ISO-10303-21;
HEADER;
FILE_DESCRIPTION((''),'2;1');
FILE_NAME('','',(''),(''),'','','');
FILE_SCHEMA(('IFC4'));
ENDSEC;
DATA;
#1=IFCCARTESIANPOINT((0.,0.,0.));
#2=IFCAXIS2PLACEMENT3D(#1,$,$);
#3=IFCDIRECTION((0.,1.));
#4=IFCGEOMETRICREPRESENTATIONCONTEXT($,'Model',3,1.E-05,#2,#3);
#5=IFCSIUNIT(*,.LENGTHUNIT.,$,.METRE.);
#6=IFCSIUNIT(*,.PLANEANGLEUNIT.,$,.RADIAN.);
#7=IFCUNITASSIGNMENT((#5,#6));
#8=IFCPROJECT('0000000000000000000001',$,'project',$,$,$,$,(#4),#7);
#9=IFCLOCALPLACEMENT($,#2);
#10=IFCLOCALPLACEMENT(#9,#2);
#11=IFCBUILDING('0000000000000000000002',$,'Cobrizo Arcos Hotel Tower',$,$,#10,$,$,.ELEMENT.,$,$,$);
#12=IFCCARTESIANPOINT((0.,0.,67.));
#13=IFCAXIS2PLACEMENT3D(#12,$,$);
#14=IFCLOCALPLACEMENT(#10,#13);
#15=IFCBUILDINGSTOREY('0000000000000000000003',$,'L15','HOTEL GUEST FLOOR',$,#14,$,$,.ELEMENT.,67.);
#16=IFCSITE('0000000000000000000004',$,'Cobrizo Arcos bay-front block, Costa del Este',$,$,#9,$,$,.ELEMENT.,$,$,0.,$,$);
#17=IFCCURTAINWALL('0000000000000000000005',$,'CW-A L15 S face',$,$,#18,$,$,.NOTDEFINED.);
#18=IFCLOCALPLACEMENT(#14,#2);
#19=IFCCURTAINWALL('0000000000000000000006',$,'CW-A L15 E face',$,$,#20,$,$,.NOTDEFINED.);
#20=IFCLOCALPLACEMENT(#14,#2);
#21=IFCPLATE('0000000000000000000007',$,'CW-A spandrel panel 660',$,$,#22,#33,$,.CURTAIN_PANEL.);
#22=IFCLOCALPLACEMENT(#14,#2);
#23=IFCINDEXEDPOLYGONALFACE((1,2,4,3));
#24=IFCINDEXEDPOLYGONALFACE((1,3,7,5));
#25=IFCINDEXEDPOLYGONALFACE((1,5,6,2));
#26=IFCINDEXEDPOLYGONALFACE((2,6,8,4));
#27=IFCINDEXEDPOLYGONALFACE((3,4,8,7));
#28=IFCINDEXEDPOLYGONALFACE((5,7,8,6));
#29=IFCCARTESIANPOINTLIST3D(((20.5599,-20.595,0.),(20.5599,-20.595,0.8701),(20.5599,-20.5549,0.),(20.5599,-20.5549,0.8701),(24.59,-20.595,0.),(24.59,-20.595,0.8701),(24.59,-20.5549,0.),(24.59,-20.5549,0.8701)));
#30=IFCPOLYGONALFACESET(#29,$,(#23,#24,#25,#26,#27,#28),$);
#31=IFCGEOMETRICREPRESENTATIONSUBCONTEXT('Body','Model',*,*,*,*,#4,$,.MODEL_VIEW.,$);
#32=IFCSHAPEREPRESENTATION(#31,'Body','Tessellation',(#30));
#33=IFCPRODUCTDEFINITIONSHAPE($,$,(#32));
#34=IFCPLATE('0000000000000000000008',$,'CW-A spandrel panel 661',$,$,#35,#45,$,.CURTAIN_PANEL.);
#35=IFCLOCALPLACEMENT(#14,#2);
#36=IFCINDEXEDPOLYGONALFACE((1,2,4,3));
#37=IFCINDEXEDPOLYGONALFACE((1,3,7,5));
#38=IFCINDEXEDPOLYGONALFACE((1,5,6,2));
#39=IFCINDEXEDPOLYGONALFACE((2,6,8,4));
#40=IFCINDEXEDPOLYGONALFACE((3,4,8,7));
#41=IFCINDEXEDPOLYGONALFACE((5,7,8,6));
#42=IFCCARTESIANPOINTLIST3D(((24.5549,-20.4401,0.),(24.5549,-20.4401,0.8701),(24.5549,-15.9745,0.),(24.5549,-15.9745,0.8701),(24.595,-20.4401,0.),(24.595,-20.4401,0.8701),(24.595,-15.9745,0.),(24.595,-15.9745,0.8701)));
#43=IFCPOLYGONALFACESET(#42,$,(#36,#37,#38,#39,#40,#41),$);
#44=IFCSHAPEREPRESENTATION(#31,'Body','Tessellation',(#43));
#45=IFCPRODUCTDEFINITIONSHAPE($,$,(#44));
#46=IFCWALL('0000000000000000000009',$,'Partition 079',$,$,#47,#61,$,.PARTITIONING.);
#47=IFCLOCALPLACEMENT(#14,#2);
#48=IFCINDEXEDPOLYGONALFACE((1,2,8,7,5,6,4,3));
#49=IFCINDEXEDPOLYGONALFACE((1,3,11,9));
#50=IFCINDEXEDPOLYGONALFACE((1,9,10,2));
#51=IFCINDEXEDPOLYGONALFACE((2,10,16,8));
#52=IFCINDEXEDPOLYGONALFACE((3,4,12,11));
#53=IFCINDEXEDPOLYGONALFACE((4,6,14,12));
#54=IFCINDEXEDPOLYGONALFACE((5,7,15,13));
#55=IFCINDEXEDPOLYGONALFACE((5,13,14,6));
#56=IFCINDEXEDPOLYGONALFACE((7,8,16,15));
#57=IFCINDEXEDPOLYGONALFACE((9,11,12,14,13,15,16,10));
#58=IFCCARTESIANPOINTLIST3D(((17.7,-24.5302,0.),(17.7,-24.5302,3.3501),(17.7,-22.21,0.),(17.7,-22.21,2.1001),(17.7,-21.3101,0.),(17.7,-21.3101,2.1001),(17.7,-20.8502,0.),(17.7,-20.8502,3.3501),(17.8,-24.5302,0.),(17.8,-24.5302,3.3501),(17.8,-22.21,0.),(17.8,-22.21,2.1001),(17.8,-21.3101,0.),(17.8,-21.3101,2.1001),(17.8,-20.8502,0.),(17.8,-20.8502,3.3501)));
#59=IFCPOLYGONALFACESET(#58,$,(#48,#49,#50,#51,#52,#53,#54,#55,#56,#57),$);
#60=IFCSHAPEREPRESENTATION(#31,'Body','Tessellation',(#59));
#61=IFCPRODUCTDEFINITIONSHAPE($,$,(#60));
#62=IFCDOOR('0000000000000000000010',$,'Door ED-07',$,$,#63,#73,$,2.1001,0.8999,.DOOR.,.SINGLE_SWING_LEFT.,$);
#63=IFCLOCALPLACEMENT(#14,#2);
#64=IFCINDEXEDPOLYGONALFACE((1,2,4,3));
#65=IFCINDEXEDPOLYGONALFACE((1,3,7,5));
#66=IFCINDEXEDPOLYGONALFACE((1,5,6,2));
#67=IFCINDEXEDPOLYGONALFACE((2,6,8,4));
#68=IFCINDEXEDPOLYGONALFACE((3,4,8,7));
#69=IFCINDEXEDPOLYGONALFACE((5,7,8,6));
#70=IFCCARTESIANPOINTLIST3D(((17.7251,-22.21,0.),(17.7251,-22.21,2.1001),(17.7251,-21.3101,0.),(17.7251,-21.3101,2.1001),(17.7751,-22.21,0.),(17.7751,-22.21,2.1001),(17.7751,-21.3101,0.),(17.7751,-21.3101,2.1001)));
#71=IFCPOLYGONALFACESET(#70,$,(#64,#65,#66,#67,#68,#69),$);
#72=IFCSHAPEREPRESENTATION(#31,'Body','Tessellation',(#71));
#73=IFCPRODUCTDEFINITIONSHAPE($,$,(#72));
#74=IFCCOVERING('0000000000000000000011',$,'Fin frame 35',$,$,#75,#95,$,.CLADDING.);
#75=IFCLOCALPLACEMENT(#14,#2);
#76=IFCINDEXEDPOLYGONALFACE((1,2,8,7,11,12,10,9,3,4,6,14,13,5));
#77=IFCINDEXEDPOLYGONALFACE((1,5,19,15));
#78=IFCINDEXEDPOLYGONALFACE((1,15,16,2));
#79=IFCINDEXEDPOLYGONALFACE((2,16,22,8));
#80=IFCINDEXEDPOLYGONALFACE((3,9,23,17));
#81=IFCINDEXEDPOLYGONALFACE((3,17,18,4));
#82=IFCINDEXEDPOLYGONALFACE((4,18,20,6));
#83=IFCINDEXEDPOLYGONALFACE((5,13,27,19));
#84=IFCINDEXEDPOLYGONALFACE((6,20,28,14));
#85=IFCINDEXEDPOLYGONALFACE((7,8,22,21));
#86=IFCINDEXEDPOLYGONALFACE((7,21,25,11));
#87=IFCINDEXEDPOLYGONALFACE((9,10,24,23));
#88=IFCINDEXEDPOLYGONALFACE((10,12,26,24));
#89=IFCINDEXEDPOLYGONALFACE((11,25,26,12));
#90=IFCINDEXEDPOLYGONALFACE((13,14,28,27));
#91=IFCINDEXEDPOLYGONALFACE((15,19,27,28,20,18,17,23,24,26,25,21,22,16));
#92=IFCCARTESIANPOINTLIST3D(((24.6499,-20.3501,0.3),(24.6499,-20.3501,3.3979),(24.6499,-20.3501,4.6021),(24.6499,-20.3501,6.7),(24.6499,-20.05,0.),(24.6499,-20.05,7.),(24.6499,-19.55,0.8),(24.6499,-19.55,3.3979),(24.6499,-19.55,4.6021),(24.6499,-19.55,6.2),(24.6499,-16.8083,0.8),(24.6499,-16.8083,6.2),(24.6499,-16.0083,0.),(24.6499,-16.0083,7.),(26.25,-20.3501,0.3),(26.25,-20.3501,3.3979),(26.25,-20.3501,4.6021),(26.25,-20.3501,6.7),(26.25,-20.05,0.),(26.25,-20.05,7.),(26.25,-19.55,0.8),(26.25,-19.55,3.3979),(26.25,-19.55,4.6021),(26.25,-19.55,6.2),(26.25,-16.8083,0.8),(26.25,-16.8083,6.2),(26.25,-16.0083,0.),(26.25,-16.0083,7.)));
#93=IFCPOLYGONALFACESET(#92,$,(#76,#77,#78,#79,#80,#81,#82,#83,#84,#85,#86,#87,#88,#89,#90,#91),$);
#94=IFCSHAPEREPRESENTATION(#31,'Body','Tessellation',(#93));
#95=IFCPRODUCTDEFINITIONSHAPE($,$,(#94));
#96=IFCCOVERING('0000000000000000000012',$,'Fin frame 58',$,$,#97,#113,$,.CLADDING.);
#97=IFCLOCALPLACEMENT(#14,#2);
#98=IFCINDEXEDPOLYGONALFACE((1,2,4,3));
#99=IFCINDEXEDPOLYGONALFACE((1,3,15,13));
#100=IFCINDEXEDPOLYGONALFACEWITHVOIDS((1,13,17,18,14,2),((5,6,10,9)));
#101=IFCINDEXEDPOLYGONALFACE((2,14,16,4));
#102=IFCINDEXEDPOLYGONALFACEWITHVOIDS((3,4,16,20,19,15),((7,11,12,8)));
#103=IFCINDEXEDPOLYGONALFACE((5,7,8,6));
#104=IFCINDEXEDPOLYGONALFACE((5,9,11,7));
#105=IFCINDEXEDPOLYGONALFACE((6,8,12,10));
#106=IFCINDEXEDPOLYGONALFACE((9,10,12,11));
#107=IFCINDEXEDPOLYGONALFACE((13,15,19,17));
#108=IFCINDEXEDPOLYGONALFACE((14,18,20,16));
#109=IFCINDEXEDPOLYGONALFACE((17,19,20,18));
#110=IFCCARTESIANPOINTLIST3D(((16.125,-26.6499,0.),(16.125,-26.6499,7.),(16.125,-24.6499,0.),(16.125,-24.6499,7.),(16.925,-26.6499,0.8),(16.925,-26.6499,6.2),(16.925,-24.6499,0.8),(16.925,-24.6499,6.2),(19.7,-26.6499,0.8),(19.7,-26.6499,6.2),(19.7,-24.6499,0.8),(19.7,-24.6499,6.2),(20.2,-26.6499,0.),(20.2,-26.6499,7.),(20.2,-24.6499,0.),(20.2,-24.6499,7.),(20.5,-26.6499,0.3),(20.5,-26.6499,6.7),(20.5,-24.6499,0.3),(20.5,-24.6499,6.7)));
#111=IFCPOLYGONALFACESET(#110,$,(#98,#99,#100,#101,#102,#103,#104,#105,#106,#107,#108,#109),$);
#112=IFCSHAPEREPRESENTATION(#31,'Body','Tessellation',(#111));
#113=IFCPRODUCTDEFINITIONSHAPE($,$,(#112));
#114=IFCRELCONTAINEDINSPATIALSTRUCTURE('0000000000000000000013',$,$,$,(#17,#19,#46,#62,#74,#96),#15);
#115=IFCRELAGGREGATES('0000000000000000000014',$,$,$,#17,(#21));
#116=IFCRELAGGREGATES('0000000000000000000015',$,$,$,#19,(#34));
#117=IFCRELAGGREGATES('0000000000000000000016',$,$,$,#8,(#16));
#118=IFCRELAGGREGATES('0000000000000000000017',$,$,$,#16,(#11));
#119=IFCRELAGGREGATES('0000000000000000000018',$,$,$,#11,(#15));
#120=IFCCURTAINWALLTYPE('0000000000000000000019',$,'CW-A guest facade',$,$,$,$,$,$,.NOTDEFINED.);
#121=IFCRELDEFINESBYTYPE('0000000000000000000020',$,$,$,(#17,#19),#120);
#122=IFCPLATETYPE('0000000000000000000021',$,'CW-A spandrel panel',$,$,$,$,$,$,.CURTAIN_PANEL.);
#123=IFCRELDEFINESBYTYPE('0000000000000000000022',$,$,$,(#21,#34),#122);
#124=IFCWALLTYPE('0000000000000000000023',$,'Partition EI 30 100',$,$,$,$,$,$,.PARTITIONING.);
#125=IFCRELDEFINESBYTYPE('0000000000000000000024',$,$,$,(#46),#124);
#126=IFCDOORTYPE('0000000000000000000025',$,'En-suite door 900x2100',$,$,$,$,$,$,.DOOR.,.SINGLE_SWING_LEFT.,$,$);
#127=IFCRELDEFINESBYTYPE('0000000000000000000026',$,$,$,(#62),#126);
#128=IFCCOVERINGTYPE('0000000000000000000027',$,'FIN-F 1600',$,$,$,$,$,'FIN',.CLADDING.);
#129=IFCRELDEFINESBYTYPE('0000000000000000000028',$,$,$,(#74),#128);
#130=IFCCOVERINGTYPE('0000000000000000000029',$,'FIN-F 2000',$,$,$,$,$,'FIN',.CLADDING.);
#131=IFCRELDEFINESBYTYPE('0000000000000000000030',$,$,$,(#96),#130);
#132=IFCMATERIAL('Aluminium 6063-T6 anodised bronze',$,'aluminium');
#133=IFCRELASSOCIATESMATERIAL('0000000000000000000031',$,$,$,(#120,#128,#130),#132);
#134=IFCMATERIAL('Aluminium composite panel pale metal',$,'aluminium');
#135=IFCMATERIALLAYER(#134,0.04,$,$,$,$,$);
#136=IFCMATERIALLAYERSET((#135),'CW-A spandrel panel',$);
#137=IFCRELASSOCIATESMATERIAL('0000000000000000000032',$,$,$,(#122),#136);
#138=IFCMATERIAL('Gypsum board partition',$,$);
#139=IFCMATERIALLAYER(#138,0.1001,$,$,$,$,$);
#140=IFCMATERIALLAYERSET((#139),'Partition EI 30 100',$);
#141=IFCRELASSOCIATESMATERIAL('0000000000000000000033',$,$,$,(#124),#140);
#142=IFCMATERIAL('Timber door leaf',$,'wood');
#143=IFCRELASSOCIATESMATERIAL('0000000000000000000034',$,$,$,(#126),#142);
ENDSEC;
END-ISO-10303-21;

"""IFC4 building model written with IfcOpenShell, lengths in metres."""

from ifc_helpers import new_model, si_unit, direction, frame, frame_2d, origin, origin_2d, place, context, subcontext, project, spatial, polyline, rectangle, outline, extrude, material, layer, layer_set, type_object, element, fill, aggregate, save


model = new_model("IFC4")

# Units and contexts
model_context = context("Model", 3, precision=1e-05, world=origin(), true_north=direction((0.0, 1.0)))
body_context = subcontext(model_context, "Body", "Model", "MODEL_VIEW")
ifc_project = project(units=[si_unit("LENGTHUNIT", "METRE"), si_unit("PLANEANGLEUNIT", "RADIAN")], contexts=[model_context])

# Site, building, storey
site_placement = place(None, origin())
site = spatial("IfcSite", under=ifc_project, at=site_placement, Name="Cobrizo Arcos bay-front block, Costa del Este", CompositionType="ELEMENT", RefElevation=0.0)
building_placement = place(site_placement, origin())
building = spatial("IfcBuilding", under=site, at=building_placement, Name="Cobrizo Arcos Hotel Tower", CompositionType="ELEMENT")
storey_placement = place(building_placement, frame((0.0, 0.0, 67.0)))
storey = spatial("IfcBuildingStorey", under=building, at=storey_placement, Name="L15", Description="HOTEL GUEST FLOOR", CompositionType="ELEMENT", Elevation=67.0)

# Curtain wall
ifc_material_1 = material(Name="Aluminium 6063-T6 anodised bronze", Category="aluminium")
curtain_wall_type = type_object("IfcCurtainWallType", Name="CW-A guest facade", PredefinedType="NOTDEFINED", material=ifc_material_1)
curtain_wall_1_placement = place(storey_placement, origin())
curtain_wall_1 = element("IfcCurtainWall", 1, at=curtain_wall_1_placement, inside=storey, type_object=curtain_wall_type, Name="CW-A L15 S face", PredefinedType="NOTDEFINED")

# Curtain wall
curtain_wall_2_placement = place(storey_placement, origin())
curtain_wall_2 = element("IfcCurtainWall", 2, at=curtain_wall_2_placement, inside=storey, type_object=curtain_wall_type, Name="CW-A L15 E face", PredefinedType="NOTDEFINED")

# Plates
ifc_material_2 = material(Name="Aluminium composite panel pale metal", Category="aluminium")
ifc_layer_1 = layer(ifc_material_2, 0.04)
ifc_layer_set_1 = layer_set([ifc_layer_1], Name="CW-A spandrel panel")
plate_type_1 = type_object("IfcPlateType", Name="CW-A spandrel panel", PredefinedType="CURTAIN_PANEL", material=ifc_layer_set_1)
plate_1_placement = place(storey_placement, frame((22.575, -20.575, 0.0), z_axis=(0.0, 0.0, 1.0), x_axis=(1.0, 0.0, 0.0)))
plate_1 = element("IfcPlate", 3, at=plate_1_placement, type_object=plate_type_1, Name="CW-A spandrel panel 660", PredefinedType="CURTAIN_PANEL", context=body_context, shape_type="SweptSolid", body=[
    extrude(rectangle(XDim=4.03, YDim=0.04, at=origin_2d()), origin(), (0.0, 0.0, 1.0), 0.8701),
])
aggregate(curtain_wall_1, [plate_1])
plate_2_placement = place(storey_placement, frame((24.575, -18.2073, 0.0), z_axis=(0.0, 0.0, 1.0), x_axis=(0.0, 1.0, 0.0)))
plate_2 = element("IfcPlate", 4, at=plate_2_placement, type_object=plate_type_1, Name="CW-A spandrel panel 661", PredefinedType="CURTAIN_PANEL", context=body_context, shape_type="SweptSolid", body=[
    extrude(rectangle(XDim=4.4656, YDim=0.04, at=origin_2d()), origin(), (0.0, 0.0, 1.0), 0.8701),
])
aggregate(curtain_wall_2, [plate_2])

# Wall, opening, door
ifc_material_3 = material(Name="Gypsum board partition")
ifc_layer_2 = layer(ifc_material_3, 0.1001)
ifc_layer_set_2 = layer_set([ifc_layer_2], Name="Partition EI 30 100")
wall_type = type_object("IfcWallType", Name="Partition EI 30 100", PredefinedType="PARTITIONING", material=ifc_layer_set_2)
wall_placement = place(storey_placement, frame((17.75, -24.53, 0.0), z_axis=(0.0, 0.0, 1.0), x_axis=(0.0, 1.0, 0.0)))
wall = element("IfcWall", 5, at=wall_placement, inside=storey, type_object=wall_type, Name="Partition 079", PredefinedType="PARTITIONING", context=body_context, shape_type="SweptSolid", body=[
    extrude(rectangle(XDim=3.6799, YDim=0.1001, at=frame_2d((1.8398, 0.0))), origin(), (0.0, 0.0, 1.0), 3.3501),
])
opening_placement = place(wall_placement, frame((2.3201, 0.0, 0.0)))
opening = element("IfcOpeningElement", 6, at=opening_placement, cuts=wall, PredefinedType="OPENING", context=body_context, shape_type="SweptSolid", body=[
    extrude(rectangle(XDim=0.8999, YDim=2.1001, at=frame_2d((0.45, 1.05))), frame((0.0, 0.062, 0.0), z_axis=(0.0, -1.0, 0.0), x_axis=(1.0, 0.0, 0.0)), (0.0, 0.0, 1.0), 0.124),
])
ifc_material_4 = material(Name="Timber door leaf", Category="wood")
door_type = type_object("IfcDoorType", Name="En-suite door 900x2100", OperationType="SINGLE_SWING_LEFT", PredefinedType="DOOR", material=ifc_material_4)
door_placement = place(opening_placement, origin())
door = element("IfcDoor", 7, at=door_placement, inside=storey, type_object=door_type, Name="Door ED-07", OperationType="SINGLE_SWING_LEFT", OverallHeight=2.1001, OverallWidth=0.8999, PredefinedType="DOOR", context=body_context, shape_type="SweptSolid", body=[
    extrude(rectangle(XDim=0.8999, YDim=2.1001, at=frame_2d((0.45, 1.05))), frame((0.0, 0.0249, 0.0), z_axis=(0.0, -1.0, 0.0), x_axis=(1.0, 0.0, 0.0)), (0.0, 0.0, 1.0), 0.05),
])
fill(opening, door)

# Coverings
covering_type_1 = type_object("IfcCoveringType", Name="FIN-F 1600", ElementType="FIN", PredefinedType="CLADDING", material=ifc_material_1)
covering_1_placement = place(storey_placement, frame((24.6499, -20.3501, 0.0), z_axis=(1.0, 0.0, 0.0), x_axis=(0.0, 1.0, 0.0)))
element("IfcCovering", 8, at=covering_1_placement, inside=storey, type_object=covering_type_1, Name="Fin frame 35", PredefinedType="CLADDING", context=body_context, shape_type="SweptSolid", body=[
    extrude(outline(polyline([(0.0, 6.7), (0.0, 4.6021), (0.8, 4.6021), (0.8, 6.2), (3.5417, 6.2), (3.5417, 0.8), (0.8, 0.8), (0.8, 3.3979), (0.0, 3.3979), (0.0, 0.3), (0.3, 0.0), (4.3418, 0.0), (4.3418, 7.0), (0.3, 7.0), (0.0, 6.7)])), origin(), (0.0, 0.0, 1.0), 1.6001),
])
covering_type_2 = type_object("IfcCoveringType", Name="FIN-F 2000", ElementType="FIN", PredefinedType="CLADDING", material=ifc_material_1)
covering_2_placement = place(storey_placement, frame((16.125, -24.6499, 0.0), z_axis=(0.0, -1.0, 0.0), x_axis=(1.0, 0.0, 0.0)))
element("IfcCovering", 9, at=covering_2_placement, inside=storey, type_object=covering_type_2, Name="Fin frame 58", PredefinedType="CLADDING", context=body_context, shape_type="SweptSolid", body=[
    extrude(outline(polyline([(0.0, 7.0), (0.0, 0.0), (4.075, 0.0), (4.375, 0.3), (4.375, 6.7), (4.075, 7.0), (0.0, 7.0)]), holes=[polyline([(3.575, 0.8), (0.8, 0.8), (0.8, 6.2), (3.575, 6.2), (3.575, 0.8)])]), origin(), (0.0, 0.0, 1.0), 2.0),
])

save(model, "model.ifc")
